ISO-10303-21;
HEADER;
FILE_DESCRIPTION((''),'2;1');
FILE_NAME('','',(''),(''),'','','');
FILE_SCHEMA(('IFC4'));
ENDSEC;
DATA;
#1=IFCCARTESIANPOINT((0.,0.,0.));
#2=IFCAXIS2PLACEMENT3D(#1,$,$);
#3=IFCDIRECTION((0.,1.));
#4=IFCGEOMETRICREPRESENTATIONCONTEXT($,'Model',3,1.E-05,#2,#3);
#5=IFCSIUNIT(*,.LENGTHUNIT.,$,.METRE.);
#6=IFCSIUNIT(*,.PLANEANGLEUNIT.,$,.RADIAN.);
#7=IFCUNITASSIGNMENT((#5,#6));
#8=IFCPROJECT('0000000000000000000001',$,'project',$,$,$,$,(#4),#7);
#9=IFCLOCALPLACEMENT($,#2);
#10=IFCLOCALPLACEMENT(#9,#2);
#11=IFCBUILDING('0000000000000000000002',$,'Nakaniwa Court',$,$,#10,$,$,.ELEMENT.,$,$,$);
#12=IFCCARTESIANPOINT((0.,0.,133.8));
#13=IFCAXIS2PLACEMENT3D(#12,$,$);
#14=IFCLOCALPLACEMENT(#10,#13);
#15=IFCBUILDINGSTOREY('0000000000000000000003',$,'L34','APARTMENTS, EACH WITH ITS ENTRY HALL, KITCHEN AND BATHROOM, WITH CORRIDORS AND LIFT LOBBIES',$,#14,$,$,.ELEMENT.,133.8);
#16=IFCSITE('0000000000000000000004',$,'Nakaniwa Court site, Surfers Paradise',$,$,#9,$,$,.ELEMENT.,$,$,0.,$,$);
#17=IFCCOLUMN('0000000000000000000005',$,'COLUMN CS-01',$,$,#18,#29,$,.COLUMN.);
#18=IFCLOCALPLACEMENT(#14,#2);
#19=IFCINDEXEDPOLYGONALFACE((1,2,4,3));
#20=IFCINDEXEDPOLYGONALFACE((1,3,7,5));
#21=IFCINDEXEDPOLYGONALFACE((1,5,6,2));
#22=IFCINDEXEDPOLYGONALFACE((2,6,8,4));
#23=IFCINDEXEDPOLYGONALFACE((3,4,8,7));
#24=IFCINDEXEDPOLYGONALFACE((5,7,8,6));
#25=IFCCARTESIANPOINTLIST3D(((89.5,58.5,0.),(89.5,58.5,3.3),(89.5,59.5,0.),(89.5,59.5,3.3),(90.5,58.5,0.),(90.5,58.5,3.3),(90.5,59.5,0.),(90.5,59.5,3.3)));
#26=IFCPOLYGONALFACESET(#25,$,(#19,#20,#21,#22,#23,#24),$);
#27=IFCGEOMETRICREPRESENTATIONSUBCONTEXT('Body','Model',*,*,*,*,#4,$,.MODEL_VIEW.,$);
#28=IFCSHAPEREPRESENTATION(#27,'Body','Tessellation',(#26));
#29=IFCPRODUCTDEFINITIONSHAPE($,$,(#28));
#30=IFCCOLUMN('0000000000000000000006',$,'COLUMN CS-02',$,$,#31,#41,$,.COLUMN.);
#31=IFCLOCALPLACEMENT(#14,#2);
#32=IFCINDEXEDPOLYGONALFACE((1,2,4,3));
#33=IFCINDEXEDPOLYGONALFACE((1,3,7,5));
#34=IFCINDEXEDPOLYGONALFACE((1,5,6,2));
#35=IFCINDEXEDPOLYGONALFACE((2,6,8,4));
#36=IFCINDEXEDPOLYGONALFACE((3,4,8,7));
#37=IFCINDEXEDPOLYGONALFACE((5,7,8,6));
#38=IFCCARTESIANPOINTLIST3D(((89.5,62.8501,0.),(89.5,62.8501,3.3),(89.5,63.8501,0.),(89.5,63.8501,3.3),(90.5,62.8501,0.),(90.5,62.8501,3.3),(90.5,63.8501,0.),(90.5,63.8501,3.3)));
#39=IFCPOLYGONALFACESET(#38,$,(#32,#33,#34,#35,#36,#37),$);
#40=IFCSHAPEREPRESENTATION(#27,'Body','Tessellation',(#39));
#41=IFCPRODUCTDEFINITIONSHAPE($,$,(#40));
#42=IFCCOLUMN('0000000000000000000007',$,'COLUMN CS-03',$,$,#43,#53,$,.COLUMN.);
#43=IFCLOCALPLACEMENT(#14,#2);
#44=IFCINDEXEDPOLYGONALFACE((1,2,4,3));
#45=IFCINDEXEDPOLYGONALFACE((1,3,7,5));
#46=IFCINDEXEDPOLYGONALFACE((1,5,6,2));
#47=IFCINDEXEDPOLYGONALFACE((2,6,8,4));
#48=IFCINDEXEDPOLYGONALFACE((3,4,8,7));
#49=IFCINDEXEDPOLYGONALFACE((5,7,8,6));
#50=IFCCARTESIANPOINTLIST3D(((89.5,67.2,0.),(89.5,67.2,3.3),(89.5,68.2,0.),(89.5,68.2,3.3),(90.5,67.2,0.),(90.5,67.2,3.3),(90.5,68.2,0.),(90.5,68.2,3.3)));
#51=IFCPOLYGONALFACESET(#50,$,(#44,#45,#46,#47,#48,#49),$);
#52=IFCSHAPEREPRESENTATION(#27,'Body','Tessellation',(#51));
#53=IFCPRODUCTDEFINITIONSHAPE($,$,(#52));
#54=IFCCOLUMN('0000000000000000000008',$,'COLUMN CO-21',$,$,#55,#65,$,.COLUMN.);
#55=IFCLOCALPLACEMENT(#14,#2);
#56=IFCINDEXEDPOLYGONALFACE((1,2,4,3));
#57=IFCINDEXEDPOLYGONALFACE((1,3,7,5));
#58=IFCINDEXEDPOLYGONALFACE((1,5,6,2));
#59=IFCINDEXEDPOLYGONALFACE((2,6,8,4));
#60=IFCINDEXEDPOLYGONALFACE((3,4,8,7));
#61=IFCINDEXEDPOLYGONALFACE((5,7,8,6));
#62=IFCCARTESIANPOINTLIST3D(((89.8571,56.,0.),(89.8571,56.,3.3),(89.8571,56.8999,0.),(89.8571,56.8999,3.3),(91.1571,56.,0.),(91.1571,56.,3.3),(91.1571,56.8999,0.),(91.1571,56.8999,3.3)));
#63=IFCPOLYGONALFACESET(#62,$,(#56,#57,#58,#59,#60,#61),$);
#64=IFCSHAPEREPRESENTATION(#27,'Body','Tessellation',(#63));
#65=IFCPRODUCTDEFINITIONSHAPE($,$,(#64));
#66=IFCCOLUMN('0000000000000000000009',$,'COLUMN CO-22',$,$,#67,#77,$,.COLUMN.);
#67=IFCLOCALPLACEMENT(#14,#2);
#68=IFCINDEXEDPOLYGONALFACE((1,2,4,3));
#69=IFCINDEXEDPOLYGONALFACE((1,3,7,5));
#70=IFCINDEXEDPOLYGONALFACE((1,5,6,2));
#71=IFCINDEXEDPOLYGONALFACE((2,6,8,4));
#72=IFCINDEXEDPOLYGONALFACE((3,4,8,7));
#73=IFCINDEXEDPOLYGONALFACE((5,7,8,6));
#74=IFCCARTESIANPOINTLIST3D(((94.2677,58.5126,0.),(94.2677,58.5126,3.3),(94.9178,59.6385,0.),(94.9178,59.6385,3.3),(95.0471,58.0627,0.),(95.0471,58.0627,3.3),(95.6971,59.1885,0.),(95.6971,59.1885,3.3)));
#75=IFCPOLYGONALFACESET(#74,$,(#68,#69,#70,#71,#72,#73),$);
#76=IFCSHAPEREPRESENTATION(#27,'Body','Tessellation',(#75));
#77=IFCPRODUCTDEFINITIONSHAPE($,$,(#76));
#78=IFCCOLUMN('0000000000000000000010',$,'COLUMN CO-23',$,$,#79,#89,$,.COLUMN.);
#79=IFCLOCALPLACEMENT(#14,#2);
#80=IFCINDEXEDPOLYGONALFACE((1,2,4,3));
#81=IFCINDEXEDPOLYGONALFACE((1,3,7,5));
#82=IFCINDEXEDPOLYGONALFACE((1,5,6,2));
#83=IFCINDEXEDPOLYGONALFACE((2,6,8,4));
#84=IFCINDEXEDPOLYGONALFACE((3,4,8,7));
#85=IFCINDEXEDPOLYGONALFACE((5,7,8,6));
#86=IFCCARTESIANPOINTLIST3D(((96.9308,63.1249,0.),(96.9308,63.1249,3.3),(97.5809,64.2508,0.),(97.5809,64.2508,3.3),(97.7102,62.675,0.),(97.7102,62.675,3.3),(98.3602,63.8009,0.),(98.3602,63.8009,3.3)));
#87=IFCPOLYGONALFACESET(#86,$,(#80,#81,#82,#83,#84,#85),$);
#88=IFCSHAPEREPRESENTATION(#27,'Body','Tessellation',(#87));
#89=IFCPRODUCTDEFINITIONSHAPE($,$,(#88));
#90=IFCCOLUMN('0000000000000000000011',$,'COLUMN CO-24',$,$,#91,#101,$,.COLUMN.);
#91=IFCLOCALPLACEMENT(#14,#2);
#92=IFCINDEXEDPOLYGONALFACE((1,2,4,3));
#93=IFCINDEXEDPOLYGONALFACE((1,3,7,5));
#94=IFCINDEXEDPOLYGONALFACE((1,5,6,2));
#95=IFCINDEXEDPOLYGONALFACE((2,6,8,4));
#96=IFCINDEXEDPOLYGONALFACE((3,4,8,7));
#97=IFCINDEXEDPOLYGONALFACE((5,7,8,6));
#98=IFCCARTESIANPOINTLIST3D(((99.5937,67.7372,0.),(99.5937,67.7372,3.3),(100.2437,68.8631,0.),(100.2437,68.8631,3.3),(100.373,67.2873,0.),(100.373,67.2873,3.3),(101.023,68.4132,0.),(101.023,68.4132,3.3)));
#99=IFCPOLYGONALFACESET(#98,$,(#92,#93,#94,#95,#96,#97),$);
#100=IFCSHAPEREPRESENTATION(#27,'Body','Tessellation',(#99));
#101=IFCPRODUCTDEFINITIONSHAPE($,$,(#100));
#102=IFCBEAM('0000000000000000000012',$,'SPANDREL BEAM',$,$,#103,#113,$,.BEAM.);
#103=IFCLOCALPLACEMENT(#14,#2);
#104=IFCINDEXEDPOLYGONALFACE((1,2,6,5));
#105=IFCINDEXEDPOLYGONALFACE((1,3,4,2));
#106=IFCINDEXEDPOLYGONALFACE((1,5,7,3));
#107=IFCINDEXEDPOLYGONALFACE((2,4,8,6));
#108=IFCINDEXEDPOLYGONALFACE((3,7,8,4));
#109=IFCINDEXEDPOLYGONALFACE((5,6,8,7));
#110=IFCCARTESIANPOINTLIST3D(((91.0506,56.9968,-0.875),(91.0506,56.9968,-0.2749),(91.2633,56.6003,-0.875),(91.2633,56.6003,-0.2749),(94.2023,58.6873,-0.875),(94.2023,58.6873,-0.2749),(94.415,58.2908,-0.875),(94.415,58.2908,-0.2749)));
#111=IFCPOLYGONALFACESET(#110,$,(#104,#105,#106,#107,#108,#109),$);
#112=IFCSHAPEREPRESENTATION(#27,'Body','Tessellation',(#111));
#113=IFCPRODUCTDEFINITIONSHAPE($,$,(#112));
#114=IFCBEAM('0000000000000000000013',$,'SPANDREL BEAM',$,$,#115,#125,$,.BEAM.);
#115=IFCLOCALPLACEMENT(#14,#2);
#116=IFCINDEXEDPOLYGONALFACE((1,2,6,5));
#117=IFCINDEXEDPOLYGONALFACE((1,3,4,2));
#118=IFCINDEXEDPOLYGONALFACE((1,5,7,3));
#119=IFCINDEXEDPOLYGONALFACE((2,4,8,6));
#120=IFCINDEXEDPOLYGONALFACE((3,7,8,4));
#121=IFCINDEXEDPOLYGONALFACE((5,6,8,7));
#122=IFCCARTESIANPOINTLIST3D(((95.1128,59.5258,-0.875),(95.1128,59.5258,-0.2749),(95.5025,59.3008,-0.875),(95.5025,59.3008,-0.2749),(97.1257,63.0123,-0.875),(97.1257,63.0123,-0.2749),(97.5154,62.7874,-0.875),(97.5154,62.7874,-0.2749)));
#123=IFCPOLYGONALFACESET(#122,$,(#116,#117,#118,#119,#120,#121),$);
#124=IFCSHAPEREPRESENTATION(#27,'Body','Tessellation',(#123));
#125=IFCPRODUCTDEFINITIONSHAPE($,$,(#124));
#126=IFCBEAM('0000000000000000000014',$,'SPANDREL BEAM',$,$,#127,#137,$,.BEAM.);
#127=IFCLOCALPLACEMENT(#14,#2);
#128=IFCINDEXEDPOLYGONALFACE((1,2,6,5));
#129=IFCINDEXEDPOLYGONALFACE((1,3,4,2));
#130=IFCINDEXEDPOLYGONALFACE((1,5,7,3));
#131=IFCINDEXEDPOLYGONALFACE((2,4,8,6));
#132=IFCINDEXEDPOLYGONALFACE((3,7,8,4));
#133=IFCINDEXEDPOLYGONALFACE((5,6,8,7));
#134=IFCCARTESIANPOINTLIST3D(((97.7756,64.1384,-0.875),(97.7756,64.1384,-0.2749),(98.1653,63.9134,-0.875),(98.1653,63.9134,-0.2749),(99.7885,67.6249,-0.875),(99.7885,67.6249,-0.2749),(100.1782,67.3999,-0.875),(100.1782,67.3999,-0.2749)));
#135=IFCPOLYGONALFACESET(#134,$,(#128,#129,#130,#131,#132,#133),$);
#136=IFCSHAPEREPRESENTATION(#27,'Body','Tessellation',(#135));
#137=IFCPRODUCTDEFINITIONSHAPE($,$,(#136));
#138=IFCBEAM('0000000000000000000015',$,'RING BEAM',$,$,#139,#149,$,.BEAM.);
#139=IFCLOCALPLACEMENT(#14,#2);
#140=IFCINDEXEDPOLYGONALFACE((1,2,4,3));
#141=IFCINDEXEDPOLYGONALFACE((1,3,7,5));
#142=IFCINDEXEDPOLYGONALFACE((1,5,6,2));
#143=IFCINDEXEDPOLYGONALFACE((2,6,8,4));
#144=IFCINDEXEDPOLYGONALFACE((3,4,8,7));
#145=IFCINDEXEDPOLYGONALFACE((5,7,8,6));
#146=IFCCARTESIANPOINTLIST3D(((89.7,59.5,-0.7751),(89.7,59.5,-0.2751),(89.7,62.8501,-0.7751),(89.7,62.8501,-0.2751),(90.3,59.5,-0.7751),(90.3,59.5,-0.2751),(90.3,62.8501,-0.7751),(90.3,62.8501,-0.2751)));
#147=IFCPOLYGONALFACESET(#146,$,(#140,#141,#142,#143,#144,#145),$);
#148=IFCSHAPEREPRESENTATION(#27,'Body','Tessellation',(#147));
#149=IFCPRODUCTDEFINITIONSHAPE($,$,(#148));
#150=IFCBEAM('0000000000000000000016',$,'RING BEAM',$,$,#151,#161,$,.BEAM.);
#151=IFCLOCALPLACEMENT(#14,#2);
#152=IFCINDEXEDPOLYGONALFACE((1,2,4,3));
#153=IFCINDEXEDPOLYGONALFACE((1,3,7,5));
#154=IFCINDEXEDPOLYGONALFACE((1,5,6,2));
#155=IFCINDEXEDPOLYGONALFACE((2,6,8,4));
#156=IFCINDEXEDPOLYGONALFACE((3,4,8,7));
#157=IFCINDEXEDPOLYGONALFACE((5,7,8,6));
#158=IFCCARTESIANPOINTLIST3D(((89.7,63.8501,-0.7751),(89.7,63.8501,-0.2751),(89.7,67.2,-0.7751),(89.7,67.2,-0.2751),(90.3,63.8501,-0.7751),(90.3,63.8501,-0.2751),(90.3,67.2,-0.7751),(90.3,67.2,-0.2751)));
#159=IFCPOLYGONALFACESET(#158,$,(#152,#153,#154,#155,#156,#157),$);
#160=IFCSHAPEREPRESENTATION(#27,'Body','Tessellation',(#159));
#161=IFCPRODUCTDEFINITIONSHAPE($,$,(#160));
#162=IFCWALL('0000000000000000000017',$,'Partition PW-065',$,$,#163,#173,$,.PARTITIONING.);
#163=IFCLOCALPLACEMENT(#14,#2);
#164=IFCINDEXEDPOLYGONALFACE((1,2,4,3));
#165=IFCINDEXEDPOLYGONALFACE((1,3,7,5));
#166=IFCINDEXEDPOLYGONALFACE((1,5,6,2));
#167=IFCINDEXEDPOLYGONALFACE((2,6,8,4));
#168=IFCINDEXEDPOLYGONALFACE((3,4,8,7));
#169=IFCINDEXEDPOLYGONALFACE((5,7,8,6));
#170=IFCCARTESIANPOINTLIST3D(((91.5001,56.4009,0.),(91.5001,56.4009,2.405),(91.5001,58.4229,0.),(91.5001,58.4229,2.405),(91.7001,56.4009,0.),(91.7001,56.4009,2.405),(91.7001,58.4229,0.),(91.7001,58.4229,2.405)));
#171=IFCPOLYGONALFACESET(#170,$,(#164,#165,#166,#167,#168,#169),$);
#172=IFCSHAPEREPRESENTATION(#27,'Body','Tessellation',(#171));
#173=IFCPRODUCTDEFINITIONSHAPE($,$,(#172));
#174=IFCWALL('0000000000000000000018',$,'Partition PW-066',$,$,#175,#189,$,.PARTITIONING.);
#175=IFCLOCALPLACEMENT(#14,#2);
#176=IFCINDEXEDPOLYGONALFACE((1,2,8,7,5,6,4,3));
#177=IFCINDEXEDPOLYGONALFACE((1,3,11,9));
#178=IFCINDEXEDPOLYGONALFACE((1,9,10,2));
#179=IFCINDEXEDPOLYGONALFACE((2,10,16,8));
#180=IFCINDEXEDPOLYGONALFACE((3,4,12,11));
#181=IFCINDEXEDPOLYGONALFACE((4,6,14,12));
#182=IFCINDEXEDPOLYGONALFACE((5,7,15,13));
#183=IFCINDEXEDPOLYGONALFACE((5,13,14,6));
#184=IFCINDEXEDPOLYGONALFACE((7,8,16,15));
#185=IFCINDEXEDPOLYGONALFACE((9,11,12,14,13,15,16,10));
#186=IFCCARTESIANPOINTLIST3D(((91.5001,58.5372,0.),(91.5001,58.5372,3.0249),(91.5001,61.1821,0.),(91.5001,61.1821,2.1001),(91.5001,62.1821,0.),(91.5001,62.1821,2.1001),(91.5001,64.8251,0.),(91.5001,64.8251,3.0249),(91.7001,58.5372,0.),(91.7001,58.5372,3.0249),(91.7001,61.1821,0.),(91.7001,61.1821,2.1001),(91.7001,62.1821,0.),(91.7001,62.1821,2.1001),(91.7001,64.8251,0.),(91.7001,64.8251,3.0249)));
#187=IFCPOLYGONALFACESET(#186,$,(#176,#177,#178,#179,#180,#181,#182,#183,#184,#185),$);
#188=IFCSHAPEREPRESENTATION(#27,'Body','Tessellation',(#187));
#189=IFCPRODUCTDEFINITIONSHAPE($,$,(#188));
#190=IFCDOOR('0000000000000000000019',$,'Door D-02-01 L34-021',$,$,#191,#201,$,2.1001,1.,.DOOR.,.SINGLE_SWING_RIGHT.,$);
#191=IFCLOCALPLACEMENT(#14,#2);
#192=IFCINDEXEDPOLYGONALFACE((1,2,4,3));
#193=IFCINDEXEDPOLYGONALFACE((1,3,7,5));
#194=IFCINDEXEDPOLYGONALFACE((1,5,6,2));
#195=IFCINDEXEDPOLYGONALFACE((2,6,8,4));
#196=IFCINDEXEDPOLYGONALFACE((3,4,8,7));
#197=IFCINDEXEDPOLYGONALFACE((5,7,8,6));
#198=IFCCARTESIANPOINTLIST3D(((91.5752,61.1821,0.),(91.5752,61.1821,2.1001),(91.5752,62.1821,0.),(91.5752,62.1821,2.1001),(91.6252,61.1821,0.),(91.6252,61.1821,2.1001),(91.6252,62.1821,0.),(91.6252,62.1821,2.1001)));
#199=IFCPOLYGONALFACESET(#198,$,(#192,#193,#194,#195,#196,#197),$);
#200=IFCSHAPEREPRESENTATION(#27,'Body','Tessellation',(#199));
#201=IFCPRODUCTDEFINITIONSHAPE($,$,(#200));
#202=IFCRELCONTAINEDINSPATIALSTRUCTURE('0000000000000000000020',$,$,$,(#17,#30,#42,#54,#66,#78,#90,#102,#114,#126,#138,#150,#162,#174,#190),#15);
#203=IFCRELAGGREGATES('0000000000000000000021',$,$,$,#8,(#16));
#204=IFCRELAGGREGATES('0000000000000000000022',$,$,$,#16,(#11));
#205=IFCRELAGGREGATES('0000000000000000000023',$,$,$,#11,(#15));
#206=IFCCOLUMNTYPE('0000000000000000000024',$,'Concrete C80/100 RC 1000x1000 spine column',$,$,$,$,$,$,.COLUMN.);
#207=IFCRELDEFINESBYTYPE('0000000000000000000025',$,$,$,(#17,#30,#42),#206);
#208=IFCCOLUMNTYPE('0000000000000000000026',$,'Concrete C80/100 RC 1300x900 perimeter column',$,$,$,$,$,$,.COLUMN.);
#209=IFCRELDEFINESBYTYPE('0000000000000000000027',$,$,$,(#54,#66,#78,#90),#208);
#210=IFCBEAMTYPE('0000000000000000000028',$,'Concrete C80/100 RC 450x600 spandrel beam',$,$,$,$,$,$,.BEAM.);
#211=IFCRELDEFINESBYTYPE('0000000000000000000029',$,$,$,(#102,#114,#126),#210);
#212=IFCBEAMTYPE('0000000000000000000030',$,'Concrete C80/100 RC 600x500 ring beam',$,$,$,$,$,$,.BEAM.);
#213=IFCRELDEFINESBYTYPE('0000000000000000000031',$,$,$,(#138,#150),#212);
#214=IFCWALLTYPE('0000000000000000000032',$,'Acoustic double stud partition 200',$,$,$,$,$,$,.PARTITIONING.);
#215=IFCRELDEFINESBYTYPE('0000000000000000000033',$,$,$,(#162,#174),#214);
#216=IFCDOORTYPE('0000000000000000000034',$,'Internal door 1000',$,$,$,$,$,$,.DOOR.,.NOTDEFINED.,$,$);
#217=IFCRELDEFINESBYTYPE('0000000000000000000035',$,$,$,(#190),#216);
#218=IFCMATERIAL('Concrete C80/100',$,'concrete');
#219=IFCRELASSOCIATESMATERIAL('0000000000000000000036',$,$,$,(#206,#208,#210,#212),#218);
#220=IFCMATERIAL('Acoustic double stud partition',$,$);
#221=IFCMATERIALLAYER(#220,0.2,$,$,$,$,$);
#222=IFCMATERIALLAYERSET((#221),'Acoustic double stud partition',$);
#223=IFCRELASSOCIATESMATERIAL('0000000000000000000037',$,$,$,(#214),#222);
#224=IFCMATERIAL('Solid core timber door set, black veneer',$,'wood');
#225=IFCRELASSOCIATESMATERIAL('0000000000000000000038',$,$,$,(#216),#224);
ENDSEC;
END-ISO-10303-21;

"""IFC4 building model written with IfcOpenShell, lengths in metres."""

from ifc_helpers import new_model, si_unit, direction, frame, frame_2d, origin, origin_2d, place, context, subcontext, project, spatial, rectangle, extrude, material, layer, layer_set, material_profile, profile_set, type_object, element, fill, save


model = new_model("IFC4")

# Units and contexts
model_context = context("Model", 3, precision=1e-05, world=origin(), true_north=direction((0.0, 1.0)))
body_context = subcontext(model_context, "Body", "Model", "MODEL_VIEW")
ifc_project = project(units=[si_unit("LENGTHUNIT", "METRE"), si_unit("PLANEANGLEUNIT", "RADIAN")], contexts=[model_context])

# Site, building, storey
site_placement = place(None, origin())
site = spatial("IfcSite", under=ifc_project, at=site_placement, Name="Nakaniwa Court site, Surfers Paradise", CompositionType="ELEMENT", RefElevation=0.0)
building_placement = place(site_placement, origin())
building = spatial("IfcBuilding", under=site, at=building_placement, Name="Nakaniwa Court", CompositionType="ELEMENT")
storey_placement = place(building_placement, frame((0.0, 0.0, 133.8)))
storey = spatial("IfcBuildingStorey", under=building, at=storey_placement, Name="L34", Description="APARTMENTS, EACH WITH ITS ENTRY HALL, KITCHEN AND BATHROOM, WITH CORRIDORS AND LIFT LOBBIES", CompositionType="ELEMENT", Elevation=133.8)

# Columns
ifc_material_1 = material(Name="Concrete C80/100", Category="concrete")
ifc_material_profile_1 = material_profile(ifc_material_1, rectangle(XDim=1.0, YDim=1.0, at=origin_2d()), Name="Concrete C80/100 RC 1000x1000 spine column")
ifc_profile_set_1 = profile_set([ifc_material_profile_1], Name="Concrete C80/100")
column_type_1 = type_object("IfcColumnType", Name="Concrete C80/100 RC 1000x1000 spine column", PredefinedType="COLUMN", material=ifc_profile_set_1)
for number, where, z_axis, x_axis, name in (
    (1, (90.0, 59.0, 0.0), (0.0, 0.0, 1.0), (0.0, 1.0, 0.0), "COLUMN CS-01"),
    (2, (90.0, 63.3501, 0.0), (0.0, 0.0, 1.0), (0.0, 1.0, 0.0), "COLUMN CS-02"),
    (3, (90.0, 67.7, 0.0), (0.0, 0.0, 1.0), (0.0, 1.0, 0.0), "COLUMN CS-03"),
):
    element("IfcColumn", number, at=place(storey_placement, frame(where, z_axis=z_axis, x_axis=x_axis)), inside=storey, type_object=column_type_1, Name=name, PredefinedType="COLUMN", context=body_context, shape_type="SweptSolid", body=[
        extrude(rectangle(XDim=1.0, YDim=1.0, at=origin_2d()), origin(), (0.0, 0.0, 1.0), 3.3),
    ])
ifc_material_profile_2 = material_profile(ifc_material_1, rectangle(XDim=1.3, YDim=0.8999, at=origin_2d()), Name="Concrete C80/100 RC 1300x900 perimeter column")
ifc_profile_set_2 = profile_set([ifc_material_profile_2], Name="Concrete C80/100")
column_type_2 = type_object("IfcColumnType", Name="Concrete C80/100 RC 1300x900 perimeter column", PredefinedType="COLUMN", material=ifc_profile_set_2)
for number, where, z_axis, x_axis, name in (
    (4, (90.5071, 56.45, 0.0), (0.0, 0.0, 1.0), (1.0, 0.0, 0.0), "COLUMN CO-21"),
    (5, (94.9824, 58.8506, 0.0), (0.0, 0.0, 1.0), (0.5, 0.866025, 0.0), "COLUMN CO-22"),
    (6, (97.6455, 63.4629, 0.0), (0.0, 0.0, 1.0), (0.5, 0.866025, 0.0), "COLUMN CO-23"),
    (7, (100.3083, 68.0752, 0.0), (0.0, 0.0, 1.0), (0.5, 0.866025, 0.0), "COLUMN CO-24"),
):
    element("IfcColumn", number, at=place(storey_placement, frame(where, z_axis=z_axis, x_axis=x_axis)), inside=storey, type_object=column_type_2, Name=name, PredefinedType="COLUMN", context=body_context, shape_type="SweptSolid", body=[
        extrude(rectangle(XDim=1.3, YDim=0.8999, at=origin_2d()), origin(), (0.0, 0.0, 1.0), 3.3),
    ])

# Beams
ifc_material_profile_3 = material_profile(ifc_material_1, rectangle(XDim=0.45, YDim=0.6001, at=origin_2d()), Name="Concrete C80/100 RC 450x600 spandrel beam")
ifc_profile_set_3 = profile_set([ifc_material_profile_3], Name="Concrete C80/100")
beam_type_1 = type_object("IfcBeamType", Name="Concrete C80/100 RC 450x600 spandrel beam", PredefinedType="BEAM", material=ifc_profile_set_3)
beam_1_placement = place(storey_placement, frame((91.157, 56.7986, -0.575), z_axis=(0.881239, 0.47267, 0.0), x_axis=(-0.47267, 0.881239, 0.0)))
element("IfcBeam", 8, at=beam_1_placement, inside=storey, type_object=beam_type_1, Name="SPANDREL BEAM", PredefinedType="BEAM", context=body_context, shape_type="SweptSolid", body=[
    extrude(rectangle(XDim=0.45, YDim=0.6001, at=origin_2d()), origin(), (0.0, 0.0, 1.0), 3.5764),
])
for number, where, z_axis, x_axis, name in (
    (9, (95.3076, 59.4133, -0.575), (0.499994, 0.866029, 0.0), (-0.866029, 0.499994, 0.0), "SPANDREL BEAM"),
    (10, (97.9705, 64.0259, -0.575), (0.499994, 0.866029, 0.0), (-0.866029, 0.499994, 0.0), "SPANDREL BEAM"),
):
    element("IfcBeam", number, at=place(storey_placement, frame(where, z_axis=z_axis, x_axis=x_axis)), inside=storey, type_object=beam_type_1, Name=name, PredefinedType="BEAM", context=body_context, shape_type="SweptSolid", body=[
        extrude(rectangle(XDim=0.45, YDim=0.6001, at=origin_2d()), origin(), (0.0, 0.0, 1.0), 4.0259),
    ])
ifc_material_profile_4 = material_profile(ifc_material_1, rectangle(XDim=0.6001, YDim=0.5, at=origin_2d()), Name="Concrete C80/100 RC 600x500 ring beam")
ifc_profile_set_4 = profile_set([ifc_material_profile_4], Name="Concrete C80/100")
beam_type_2 = type_object("IfcBeamType", Name="Concrete C80/100 RC 600x500 ring beam", PredefinedType="BEAM", material=ifc_profile_set_4)
beam_2_placement = place(storey_placement, frame((90.0, 59.5, -0.5251), z_axis=(0.0, 1.0, 0.0), x_axis=(-1.0, 0.0, 0.0)))
element("IfcBeam", 11, at=beam_2_placement, inside=storey, type_object=beam_type_2, Name="RING BEAM", PredefinedType="BEAM", context=body_context, shape_type="SweptSolid", body=[
    extrude(rectangle(XDim=0.6001, YDim=0.5, at=origin_2d()), origin(), (0.0, 0.0, 1.0), 3.3501),
])
beam_3_placement = place(storey_placement, frame((90.0, 63.8501, -0.5251), z_axis=(0.0, 1.0, 0.0), x_axis=(-1.0, 0.0, 0.0)))
element("IfcBeam", 12, at=beam_3_placement, inside=storey, type_object=beam_type_2, Name="RING BEAM", PredefinedType="BEAM", context=body_context, shape_type="SweptSolid", body=[
    extrude(rectangle(XDim=0.6001, YDim=0.5, at=origin_2d()), origin(), (0.0, 0.0, 1.0), 3.3499),
])

# Wall
ifc_material_2 = material(Name="Acoustic double stud partition")
ifc_layer_1 = layer(ifc_material_2, 0.2)
ifc_layer_set_1 = layer_set([ifc_layer_1], Name="Acoustic double stud partition")
wall_type_1 = type_object("IfcWallType", Name="Acoustic double stud partition 200", PredefinedType="PARTITIONING", material=ifc_layer_set_1)
wall_1_placement = place(storey_placement, frame((91.6001, 56.4009, 0.0), z_axis=(0.0, 0.0, 1.0), x_axis=(0.0, 1.0, 0.0)))
element("IfcWall", 13, at=wall_1_placement, inside=storey, type_object=wall_type_1, Name="Partition PW-065", PredefinedType="PARTITIONING", context=body_context, shape_type="SweptSolid", body=[
    extrude(rectangle(XDim=2.022, YDim=0.2, at=frame_2d((1.011, 0.0))), origin(), (0.0, 0.0, 1.0), 2.405),
])

# Wall, opening, door
wall_2_placement = place(storey_placement, frame((91.6001, 58.5371, 0.0), z_axis=(0.0, 0.0, 1.0), x_axis=(0.0, 1.0, 0.0)))
wall_2 = element("IfcWall", 14, at=wall_2_placement, inside=storey, type_object=wall_type_1, Name="Partition PW-066", PredefinedType="PARTITIONING", context=body_context, shape_type="SweptSolid", body=[
    extrude(rectangle(XDim=6.2878, YDim=0.2, at=frame_2d((3.144, 0.0))), origin(), (0.0, 0.0, 1.0), 3.0249),
])
opening_1_placement = place(wall_2_placement, frame((2.645, 0.0, 0.0)))
opening_1 = element("IfcOpeningElement", 15, at=opening_1_placement, cuts=wall_2, PredefinedType="OPENING", context=body_context, shape_type="SweptSolid", body=[
    extrude(rectangle(XDim=1.0, YDim=2.1001, at=frame_2d((0.5, 1.05))), frame((0.0, 0.1099, 0.0), z_axis=(0.0, -1.0, 0.0), x_axis=(1.0, 0.0, 0.0)), (0.0, 0.0, 1.0), 0.22),
])
ifc_material_3 = material(Name="Solid core timber door set, black veneer", Category="wood")
door_type = type_object("IfcDoorType", Name="Internal door 1000", OperationType="NOTDEFINED", PredefinedType="DOOR", material=ifc_material_3)
door_placement = place(opening_1_placement, origin())
door = element("IfcDoor", 16, at=door_placement, inside=storey, type_object=door_type, Name="Door D-02-01 L34-021", OperationType="SINGLE_SWING_RIGHT", OverallHeight=2.1001, OverallWidth=1.0, PredefinedType="DOOR", context=body_context, shape_type="SweptSolid", body=[
    extrude(rectangle(XDim=1.0, YDim=2.1001, at=frame_2d((0.5, 1.05))), frame((0.0, 0.0249, 0.0), z_axis=(0.0, -1.0, 0.0), x_axis=(1.0, 0.0, 0.0)), (0.0, 0.0, 1.0), 0.05),
])
fill(opening_1, door)

save(model, "model.ifc")
